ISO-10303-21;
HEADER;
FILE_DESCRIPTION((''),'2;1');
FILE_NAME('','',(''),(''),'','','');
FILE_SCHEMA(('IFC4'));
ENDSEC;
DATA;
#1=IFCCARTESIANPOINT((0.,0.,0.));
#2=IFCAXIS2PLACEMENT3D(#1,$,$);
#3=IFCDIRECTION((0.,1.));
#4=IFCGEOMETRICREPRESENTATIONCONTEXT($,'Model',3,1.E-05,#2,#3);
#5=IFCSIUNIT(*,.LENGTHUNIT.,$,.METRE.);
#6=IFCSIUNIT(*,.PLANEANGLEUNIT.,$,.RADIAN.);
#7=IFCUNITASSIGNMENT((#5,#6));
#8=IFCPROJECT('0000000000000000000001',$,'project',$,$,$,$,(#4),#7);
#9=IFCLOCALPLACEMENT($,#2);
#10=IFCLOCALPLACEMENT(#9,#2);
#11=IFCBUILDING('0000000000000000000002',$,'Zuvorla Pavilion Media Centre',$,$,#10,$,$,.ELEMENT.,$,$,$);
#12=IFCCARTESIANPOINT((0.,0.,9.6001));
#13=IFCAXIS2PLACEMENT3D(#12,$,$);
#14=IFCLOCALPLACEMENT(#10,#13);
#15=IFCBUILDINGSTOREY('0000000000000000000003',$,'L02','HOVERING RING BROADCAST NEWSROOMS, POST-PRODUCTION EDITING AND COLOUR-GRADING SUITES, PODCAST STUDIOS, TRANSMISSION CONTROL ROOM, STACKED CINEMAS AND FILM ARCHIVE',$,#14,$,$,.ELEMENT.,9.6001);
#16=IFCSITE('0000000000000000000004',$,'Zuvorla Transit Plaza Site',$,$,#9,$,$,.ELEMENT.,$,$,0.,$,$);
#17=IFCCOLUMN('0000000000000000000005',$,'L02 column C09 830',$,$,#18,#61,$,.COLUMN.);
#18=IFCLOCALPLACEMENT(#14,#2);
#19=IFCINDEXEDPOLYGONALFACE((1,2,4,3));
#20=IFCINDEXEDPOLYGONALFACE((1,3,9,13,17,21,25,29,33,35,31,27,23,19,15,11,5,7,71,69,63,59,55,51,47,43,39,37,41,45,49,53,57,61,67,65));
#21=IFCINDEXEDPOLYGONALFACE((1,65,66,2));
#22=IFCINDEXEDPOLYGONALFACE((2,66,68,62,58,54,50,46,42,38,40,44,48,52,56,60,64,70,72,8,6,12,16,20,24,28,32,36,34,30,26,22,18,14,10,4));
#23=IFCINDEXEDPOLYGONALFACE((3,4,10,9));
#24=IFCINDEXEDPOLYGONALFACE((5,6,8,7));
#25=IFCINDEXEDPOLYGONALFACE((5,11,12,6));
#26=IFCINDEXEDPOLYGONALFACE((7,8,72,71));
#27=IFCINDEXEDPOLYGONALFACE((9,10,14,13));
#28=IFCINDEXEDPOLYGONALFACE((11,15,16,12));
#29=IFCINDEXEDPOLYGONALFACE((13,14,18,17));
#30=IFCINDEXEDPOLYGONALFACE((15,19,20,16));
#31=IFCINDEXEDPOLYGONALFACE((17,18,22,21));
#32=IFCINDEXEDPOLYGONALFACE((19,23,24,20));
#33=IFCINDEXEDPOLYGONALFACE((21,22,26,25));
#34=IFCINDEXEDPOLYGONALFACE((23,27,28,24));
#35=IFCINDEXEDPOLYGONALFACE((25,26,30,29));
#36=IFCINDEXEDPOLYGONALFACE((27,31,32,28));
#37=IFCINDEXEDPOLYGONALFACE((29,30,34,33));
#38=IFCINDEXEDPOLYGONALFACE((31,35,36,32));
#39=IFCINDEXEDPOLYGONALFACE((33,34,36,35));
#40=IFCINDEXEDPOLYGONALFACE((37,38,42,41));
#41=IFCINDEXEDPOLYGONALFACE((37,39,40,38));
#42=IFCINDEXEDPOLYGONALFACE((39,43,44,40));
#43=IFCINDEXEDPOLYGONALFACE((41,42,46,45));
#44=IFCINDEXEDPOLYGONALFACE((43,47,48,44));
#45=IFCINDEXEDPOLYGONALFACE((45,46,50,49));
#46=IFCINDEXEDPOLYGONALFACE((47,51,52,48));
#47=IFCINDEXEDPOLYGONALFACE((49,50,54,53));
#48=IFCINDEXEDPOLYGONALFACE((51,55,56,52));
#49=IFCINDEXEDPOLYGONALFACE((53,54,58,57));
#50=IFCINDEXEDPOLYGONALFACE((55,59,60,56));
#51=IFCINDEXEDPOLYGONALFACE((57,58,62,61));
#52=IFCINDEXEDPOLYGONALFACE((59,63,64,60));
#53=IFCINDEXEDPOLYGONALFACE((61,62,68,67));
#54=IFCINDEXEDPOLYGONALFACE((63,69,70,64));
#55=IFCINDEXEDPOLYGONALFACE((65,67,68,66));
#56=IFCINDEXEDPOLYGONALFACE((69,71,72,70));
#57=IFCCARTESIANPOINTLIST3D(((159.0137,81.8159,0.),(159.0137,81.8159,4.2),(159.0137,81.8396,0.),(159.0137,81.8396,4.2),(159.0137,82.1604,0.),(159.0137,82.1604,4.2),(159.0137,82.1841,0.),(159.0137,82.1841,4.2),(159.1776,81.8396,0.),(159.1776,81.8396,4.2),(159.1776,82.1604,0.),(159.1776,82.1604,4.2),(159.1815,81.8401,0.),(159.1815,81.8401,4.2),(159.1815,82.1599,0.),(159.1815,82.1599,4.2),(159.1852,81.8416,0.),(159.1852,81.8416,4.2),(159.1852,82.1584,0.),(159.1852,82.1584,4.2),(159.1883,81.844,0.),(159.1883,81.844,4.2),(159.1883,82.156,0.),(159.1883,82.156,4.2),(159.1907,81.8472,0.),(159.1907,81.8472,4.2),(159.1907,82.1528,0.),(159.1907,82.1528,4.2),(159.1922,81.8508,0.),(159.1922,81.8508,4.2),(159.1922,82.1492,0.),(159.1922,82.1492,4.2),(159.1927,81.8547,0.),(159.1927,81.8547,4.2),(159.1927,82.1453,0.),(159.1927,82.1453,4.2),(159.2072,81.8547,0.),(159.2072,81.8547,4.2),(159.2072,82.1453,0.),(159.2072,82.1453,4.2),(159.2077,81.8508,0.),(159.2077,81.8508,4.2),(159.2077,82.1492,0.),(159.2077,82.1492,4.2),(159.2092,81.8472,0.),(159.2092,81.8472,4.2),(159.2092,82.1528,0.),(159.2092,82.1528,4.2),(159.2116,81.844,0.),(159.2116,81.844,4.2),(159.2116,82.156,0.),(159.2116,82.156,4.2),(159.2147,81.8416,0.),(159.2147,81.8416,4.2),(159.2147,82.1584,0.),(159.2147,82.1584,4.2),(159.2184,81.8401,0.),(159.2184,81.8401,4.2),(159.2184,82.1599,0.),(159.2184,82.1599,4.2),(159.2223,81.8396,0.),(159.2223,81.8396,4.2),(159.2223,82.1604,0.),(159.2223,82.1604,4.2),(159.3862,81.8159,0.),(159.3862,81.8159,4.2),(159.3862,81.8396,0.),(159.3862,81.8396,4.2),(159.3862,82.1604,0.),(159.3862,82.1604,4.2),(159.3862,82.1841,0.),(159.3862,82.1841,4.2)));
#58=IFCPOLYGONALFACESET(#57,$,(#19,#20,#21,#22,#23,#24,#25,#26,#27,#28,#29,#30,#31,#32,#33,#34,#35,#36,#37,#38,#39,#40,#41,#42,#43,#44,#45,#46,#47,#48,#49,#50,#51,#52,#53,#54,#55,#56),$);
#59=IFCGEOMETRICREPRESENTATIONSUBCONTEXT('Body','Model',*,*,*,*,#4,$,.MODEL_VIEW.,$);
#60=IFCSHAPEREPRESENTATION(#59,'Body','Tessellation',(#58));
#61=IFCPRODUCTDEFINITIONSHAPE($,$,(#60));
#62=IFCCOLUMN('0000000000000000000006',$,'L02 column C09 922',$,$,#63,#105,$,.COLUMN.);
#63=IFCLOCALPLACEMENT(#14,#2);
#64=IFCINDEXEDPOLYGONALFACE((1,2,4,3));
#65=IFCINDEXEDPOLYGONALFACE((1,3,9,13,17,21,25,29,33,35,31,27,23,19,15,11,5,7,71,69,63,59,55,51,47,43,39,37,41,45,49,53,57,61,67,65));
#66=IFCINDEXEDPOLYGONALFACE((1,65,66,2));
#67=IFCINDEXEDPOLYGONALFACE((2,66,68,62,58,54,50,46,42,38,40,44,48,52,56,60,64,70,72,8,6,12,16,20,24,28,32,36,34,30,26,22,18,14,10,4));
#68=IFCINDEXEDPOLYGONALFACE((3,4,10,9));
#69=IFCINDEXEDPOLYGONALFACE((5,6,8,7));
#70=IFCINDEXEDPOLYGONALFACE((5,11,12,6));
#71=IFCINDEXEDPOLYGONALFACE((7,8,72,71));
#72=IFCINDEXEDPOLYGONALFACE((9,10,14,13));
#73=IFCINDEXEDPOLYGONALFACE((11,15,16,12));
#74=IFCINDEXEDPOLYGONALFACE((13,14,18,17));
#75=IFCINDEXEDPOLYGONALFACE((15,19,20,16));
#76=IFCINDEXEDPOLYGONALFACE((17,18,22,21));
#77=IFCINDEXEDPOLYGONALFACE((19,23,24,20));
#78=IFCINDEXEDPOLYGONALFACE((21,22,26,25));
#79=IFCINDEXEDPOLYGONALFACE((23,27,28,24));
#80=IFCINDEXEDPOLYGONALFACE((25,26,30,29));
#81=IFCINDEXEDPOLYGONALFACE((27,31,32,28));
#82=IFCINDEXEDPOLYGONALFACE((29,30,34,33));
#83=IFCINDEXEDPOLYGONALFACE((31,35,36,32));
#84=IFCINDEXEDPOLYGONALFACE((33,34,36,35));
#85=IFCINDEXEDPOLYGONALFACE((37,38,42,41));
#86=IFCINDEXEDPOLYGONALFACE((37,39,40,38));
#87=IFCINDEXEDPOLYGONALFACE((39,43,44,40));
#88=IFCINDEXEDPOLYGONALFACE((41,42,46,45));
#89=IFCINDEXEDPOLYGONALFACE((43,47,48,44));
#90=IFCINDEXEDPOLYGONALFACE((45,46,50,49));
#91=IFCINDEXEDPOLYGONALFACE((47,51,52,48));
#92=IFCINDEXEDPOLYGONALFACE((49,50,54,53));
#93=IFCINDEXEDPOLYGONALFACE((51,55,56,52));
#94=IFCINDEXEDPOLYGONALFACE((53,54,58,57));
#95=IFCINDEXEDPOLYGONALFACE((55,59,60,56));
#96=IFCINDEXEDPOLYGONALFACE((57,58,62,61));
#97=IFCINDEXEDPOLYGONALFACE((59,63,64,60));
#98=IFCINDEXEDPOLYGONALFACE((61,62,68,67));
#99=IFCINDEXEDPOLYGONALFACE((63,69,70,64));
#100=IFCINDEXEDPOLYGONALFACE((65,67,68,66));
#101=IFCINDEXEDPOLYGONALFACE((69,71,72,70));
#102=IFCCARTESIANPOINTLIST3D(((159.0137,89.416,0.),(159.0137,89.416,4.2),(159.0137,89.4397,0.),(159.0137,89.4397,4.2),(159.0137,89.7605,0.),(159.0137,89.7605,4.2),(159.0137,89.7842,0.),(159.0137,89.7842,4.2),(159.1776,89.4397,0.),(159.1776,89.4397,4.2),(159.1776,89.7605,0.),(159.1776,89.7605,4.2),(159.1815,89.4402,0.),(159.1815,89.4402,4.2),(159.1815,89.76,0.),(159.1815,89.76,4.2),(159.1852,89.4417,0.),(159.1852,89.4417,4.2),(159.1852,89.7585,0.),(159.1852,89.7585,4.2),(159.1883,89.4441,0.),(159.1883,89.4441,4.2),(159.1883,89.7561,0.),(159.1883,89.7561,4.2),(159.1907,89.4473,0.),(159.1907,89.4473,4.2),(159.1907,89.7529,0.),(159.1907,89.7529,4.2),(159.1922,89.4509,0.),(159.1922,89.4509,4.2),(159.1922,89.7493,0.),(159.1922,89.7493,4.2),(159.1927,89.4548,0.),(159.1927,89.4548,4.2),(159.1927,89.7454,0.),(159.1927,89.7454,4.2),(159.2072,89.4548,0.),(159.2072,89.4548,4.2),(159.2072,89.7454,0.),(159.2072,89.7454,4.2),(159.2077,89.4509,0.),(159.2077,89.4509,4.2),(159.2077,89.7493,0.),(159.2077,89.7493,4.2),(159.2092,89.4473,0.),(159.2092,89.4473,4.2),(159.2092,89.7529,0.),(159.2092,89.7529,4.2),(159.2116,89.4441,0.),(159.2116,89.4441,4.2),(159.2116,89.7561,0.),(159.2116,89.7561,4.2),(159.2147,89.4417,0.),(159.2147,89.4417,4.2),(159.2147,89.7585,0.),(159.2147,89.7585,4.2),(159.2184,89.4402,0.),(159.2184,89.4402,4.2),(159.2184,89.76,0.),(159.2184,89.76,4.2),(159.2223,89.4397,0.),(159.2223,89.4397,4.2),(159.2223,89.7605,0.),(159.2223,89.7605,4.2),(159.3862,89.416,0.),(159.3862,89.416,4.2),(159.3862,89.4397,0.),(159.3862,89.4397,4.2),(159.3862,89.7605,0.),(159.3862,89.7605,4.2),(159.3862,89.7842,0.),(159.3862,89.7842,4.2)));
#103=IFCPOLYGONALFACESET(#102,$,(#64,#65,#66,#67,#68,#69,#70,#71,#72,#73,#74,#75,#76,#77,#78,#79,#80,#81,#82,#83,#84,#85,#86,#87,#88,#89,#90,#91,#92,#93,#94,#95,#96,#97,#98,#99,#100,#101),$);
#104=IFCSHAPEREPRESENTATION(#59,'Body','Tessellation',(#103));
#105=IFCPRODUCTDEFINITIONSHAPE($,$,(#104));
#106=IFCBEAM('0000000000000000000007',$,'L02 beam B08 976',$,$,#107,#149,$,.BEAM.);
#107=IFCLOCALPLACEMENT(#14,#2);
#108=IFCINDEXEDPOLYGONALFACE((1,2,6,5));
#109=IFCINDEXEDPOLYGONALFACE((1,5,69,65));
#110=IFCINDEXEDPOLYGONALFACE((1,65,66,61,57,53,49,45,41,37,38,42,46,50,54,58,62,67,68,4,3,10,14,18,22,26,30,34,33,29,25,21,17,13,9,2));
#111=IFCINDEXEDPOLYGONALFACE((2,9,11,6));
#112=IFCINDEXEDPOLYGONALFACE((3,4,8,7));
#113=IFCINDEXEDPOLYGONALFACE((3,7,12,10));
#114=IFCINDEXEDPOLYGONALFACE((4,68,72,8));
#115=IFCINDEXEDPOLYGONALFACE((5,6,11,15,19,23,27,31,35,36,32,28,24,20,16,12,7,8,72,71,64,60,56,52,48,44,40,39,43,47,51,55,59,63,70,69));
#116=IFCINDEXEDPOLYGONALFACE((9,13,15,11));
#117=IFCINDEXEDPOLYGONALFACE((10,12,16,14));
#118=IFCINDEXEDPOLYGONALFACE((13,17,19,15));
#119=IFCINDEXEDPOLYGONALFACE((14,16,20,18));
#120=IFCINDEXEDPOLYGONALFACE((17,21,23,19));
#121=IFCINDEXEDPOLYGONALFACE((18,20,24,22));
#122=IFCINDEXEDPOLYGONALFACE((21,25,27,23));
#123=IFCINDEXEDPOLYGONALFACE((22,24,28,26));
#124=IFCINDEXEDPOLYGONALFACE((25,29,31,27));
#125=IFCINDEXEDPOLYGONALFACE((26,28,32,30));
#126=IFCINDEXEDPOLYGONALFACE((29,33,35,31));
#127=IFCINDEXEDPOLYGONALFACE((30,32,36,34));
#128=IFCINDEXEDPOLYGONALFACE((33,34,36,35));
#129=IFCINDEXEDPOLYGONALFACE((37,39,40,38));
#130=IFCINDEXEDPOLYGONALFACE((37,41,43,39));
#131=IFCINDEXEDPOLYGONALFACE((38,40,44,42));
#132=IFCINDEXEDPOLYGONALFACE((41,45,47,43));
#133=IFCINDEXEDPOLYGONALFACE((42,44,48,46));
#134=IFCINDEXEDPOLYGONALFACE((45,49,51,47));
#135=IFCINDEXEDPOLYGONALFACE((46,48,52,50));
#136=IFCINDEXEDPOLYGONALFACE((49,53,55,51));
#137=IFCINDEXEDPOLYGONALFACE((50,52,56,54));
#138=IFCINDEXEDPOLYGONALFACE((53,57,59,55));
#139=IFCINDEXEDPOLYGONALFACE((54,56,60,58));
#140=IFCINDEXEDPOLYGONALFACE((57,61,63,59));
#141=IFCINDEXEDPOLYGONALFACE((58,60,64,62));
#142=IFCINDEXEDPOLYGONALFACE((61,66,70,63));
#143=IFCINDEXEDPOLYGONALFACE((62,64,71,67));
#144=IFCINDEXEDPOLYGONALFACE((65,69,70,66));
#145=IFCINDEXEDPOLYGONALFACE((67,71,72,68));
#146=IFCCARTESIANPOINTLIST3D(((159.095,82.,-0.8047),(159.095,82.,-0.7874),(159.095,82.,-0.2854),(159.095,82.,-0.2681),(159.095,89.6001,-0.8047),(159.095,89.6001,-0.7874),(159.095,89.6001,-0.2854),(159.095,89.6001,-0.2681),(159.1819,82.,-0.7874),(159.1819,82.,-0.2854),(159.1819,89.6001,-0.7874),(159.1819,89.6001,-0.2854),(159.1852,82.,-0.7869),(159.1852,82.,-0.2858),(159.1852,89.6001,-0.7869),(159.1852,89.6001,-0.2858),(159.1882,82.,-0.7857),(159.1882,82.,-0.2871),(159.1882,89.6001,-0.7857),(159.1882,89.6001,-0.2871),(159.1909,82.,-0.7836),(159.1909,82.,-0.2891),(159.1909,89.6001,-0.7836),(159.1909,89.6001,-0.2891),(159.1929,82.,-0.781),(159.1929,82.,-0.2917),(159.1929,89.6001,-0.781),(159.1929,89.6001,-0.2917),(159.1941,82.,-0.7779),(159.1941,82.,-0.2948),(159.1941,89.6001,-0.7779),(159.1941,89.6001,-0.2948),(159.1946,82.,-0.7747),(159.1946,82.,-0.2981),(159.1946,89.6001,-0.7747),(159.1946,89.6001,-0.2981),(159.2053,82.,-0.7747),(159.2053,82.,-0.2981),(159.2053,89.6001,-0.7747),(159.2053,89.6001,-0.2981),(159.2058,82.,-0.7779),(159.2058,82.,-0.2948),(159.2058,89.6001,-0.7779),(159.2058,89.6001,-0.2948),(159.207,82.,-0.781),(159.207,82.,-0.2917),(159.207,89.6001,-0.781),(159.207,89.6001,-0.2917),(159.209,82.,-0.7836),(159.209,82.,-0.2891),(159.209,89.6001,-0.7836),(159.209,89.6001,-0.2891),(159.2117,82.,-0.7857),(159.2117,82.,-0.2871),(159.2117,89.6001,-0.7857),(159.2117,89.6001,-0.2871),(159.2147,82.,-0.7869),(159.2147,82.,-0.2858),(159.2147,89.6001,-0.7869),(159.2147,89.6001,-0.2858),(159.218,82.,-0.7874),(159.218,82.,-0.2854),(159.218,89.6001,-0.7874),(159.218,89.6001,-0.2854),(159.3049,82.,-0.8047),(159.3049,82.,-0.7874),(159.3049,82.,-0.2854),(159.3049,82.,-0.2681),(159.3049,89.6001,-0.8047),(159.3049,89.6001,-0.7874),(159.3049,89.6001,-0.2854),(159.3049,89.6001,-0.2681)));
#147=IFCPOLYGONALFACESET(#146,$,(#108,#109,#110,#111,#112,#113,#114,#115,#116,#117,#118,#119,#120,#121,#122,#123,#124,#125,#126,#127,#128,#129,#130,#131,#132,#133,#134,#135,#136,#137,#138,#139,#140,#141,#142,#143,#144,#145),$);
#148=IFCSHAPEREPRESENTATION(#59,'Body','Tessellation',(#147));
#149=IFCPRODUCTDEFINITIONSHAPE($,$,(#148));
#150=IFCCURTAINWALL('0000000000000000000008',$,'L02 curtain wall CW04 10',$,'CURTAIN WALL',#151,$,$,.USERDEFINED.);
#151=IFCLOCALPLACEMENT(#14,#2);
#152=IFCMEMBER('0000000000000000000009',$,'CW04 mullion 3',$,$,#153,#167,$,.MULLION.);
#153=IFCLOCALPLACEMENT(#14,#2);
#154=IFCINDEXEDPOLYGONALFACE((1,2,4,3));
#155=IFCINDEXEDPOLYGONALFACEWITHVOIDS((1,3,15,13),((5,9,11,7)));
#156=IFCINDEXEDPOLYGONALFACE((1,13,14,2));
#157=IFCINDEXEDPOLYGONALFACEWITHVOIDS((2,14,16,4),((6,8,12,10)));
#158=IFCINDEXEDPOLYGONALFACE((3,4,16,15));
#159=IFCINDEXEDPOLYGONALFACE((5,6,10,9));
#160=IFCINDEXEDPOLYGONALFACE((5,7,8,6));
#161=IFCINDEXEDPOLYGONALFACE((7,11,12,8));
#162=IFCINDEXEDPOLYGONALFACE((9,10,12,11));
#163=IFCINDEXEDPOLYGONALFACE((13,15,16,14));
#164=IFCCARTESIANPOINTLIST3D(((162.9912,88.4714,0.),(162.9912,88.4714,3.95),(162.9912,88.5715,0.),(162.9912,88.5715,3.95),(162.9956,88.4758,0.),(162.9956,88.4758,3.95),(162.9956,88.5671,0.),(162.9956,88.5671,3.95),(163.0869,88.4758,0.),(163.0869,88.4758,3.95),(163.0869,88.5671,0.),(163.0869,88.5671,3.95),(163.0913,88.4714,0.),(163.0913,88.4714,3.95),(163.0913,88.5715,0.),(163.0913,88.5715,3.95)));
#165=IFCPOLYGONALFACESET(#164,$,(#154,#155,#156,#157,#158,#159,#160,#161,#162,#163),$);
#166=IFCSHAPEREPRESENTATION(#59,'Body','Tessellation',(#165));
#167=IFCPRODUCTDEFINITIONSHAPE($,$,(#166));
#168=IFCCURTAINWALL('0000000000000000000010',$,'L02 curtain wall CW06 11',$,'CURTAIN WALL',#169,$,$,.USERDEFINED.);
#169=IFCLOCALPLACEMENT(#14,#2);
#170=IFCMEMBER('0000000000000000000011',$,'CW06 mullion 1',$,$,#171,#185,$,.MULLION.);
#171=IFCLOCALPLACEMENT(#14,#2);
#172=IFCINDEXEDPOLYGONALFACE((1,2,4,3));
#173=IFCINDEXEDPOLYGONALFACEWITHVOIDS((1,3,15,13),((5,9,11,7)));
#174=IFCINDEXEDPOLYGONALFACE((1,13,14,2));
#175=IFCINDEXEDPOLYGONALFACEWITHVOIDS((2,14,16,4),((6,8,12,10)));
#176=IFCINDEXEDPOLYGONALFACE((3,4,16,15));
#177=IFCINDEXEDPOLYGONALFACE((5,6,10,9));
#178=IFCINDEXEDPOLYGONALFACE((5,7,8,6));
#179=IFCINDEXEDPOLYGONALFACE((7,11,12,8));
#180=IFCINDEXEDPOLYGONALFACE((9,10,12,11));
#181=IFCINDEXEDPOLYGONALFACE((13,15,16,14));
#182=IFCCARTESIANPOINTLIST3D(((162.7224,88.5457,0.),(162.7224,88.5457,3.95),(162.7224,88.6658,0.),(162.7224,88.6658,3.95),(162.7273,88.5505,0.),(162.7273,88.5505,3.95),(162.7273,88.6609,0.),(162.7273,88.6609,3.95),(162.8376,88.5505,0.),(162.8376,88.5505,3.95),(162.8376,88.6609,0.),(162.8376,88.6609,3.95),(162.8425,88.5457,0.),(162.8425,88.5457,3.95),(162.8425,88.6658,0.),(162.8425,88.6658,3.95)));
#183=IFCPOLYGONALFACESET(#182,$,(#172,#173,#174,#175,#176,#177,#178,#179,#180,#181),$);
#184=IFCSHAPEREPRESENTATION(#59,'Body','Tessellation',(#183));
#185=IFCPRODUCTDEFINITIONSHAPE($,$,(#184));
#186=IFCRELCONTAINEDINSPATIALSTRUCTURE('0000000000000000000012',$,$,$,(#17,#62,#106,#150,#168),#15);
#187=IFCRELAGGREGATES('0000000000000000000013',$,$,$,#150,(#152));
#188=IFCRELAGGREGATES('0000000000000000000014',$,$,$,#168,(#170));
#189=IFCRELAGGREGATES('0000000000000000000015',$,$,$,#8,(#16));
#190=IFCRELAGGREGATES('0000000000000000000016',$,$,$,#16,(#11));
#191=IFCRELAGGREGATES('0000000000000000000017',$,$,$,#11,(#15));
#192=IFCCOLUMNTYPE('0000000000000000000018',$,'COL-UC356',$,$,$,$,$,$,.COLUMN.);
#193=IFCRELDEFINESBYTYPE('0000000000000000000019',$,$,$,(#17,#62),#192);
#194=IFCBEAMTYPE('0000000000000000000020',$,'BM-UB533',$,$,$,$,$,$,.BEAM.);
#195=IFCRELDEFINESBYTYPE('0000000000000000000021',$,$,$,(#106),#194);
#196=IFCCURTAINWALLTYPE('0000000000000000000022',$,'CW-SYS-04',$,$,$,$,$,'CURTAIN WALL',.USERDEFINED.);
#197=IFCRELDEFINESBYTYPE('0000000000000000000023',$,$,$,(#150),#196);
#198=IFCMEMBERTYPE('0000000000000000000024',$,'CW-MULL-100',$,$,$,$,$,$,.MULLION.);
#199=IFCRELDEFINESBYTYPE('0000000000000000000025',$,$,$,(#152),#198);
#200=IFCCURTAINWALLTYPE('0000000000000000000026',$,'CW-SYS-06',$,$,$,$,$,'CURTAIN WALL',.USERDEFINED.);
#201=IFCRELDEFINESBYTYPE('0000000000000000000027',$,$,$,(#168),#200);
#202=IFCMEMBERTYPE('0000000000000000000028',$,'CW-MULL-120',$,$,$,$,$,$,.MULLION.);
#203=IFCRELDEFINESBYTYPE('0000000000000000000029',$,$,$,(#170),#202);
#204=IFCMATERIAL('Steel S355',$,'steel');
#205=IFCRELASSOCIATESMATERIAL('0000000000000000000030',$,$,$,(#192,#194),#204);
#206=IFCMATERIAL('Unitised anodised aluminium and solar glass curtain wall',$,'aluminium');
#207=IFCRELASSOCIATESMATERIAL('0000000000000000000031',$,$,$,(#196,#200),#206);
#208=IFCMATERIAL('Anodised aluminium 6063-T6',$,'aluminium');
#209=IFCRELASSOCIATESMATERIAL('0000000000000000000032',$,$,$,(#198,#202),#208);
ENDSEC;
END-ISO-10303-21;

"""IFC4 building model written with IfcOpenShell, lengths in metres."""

from ifc_helpers import new_model, si_unit, direction, frame, origin, origin_2d, place, context, subcontext, project, spatial, hollow_rectangle, i_section, extrude, material, material_profile, profile_set, type_object, element, aggregate, save


model = new_model("IFC4")

# Units and contexts
model_context = context("Model", 3, precision=1e-05, world=origin(), true_north=direction((0.0, 1.0)))
body_context = subcontext(model_context, "Body", "Model", "MODEL_VIEW")
ifc_project = project(units=[si_unit("LENGTHUNIT", "METRE"), si_unit("PLANEANGLEUNIT", "RADIAN")], contexts=[model_context])

# Site, building, storey
site_placement = place(None, origin())
site = spatial("IfcSite", under=ifc_project, at=site_placement, Name="Zuvorla Transit Plaza Site", CompositionType="ELEMENT", RefElevation=0.0)
building_placement = place(site_placement, origin())
building = spatial("IfcBuilding", under=site, at=building_placement, Name="Zuvorla Pavilion Media Centre", CompositionType="ELEMENT")
storey_placement = place(building_placement, frame((0.0, 0.0, 9.6001)))
storey = spatial("IfcBuildingStorey", under=building, at=storey_placement, Name="L02", Description="HOVERING RING BROADCAST NEWSROOMS, POST-PRODUCTION EDITING AND COLOUR-GRADING SUITES, PODCAST STUDIOS, TRANSMISSION CONTROL ROOM, STACKED CINEMAS AND FILM ARCHIVE", CompositionType="ELEMENT", Elevation=9.6001)

# Columns
ifc_material_1 = material(Name="Steel S355", Category="steel")
ifc_material_profile_1 = material_profile(ifc_material_1, i_section(OverallWidth=0.3726, OverallDepth=0.3682, WebThickness=0.0144, FlangeThickness=0.0237, FilletRadius=0.0151, at=origin_2d()), Name="UC 356x368x177")
ifc_profile_set_1 = profile_set([ifc_material_profile_1], Name="Steel S355")
column_type = type_object("IfcColumnType", Name="COL-UC356", PredefinedType="COLUMN", material=ifc_profile_set_1)
for number, where, z_axis, x_axis, name in (
    (1, (159.2, 82.0, 0.0), (0.0, 0.0, 1.0), (1.0, 0.0, 0.0), "L02 column C09 830"),
    (2, (159.2, 89.6001, 0.0), (0.0, 0.0, 1.0), (1.0, 0.0, 0.0), "L02 column C09 922"),
):
    element("IfcColumn", number, at=place(storey_placement, frame(where, z_axis=z_axis, x_axis=x_axis)), inside=storey, type_object=column_type, Name=name, PredefinedType="COLUMN", context=body_context, shape_type="SweptSolid", body=[
        extrude(i_section(OverallWidth=0.3726, OverallDepth=0.3682, WebThickness=0.0144, FlangeThickness=0.0237, FilletRadius=0.0151, at=origin_2d()), origin(), (0.0, 0.0, 1.0), 4.2),
    ])

# Beam
ifc_material_profile_2 = material_profile(ifc_material_1, i_section(OverallWidth=0.21, OverallDepth=0.5366, WebThickness=0.0107, FlangeThickness=0.0173, FilletRadius=0.0127, at=origin_2d()), Name="UB 533x210x101")
ifc_profile_set_2 = profile_set([ifc_material_profile_2], Name="Steel S355")
beam_type = type_object("IfcBeamType", Name="BM-UB533", PredefinedType="BEAM", material=ifc_profile_set_2)
beam_placement = place(storey_placement, frame((159.2, 82.0, -0.5364), z_axis=(0.0, 1.0, 0.0), x_axis=(-1.0, 0.0, 0.0)))
element("IfcBeam", 3, at=beam_placement, inside=storey, type_object=beam_type, Name="L02 beam B08 976", PredefinedType="BEAM", context=body_context, shape_type="SweptSolid", body=[
    extrude(i_section(OverallWidth=0.21, OverallDepth=0.5366, WebThickness=0.0107, FlangeThickness=0.0173, FilletRadius=0.0127, at=origin_2d()), origin(), (0.0, 0.0, 1.0), 7.6001),
])

# Curtain wall, member
ifc_material_2 = material(Name="Unitised anodised aluminium and solar glass curtain wall", Category="aluminium")
curtain_wall_type_1 = type_object("IfcCurtainWallType", Name="CW-SYS-04", ElementType="CURTAIN WALL", PredefinedType="USERDEFINED", material=ifc_material_2)
curtain_wall_1_placement = place(storey_placement, origin())
curtain_wall_1 = element("IfcCurtainWall", 4, at=curtain_wall_1_placement, inside=storey, type_object=curtain_wall_type_1, Name="L02 curtain wall CW04 10", ObjectType="CURTAIN WALL", PredefinedType="USERDEFINED")
ifc_material_3 = material(Name="Anodised aluminium 6063-T6", Category="aluminium")
ifc_material_profile_3 = material_profile(ifc_material_3, hollow_rectangle(XDim=0.1001, YDim=0.1001, WallThickness=0.0044, at=origin_2d()), Name="ALU MULL 100x100")
ifc_profile_set_3 = profile_set([ifc_material_profile_3], Name="Anodised aluminium 6063-T6")
member_type_1 = type_object("IfcMemberType", Name="CW-MULL-100", PredefinedType="MULLION", material=ifc_profile_set_3)
member_1_placement = place(storey_placement, frame((163.0413, 88.5215, 0.0), z_axis=(0.0, 0.0, 1.0), x_axis=(1.0, 0.0, 0.0)))
member_1 = element("IfcMember", 5, at=member_1_placement, type_object=member_type_1, Name="CW04 mullion 3", PredefinedType="MULLION", context=body_context, shape_type="SweptSolid", body=[
    extrude(hollow_rectangle(XDim=0.1001, YDim=0.1001, WallThickness=0.0044, at=origin_2d()), origin(), (0.0, 0.0, 1.0), 3.95),
])

# Curtain wall, member
curtain_wall_type_2 = type_object("IfcCurtainWallType", Name="CW-SYS-06", ElementType="CURTAIN WALL", PredefinedType="USERDEFINED", material=ifc_material_2)
curtain_wall_2_placement = place(storey_placement, origin())
curtain_wall_2 = element("IfcCurtainWall", 6, at=curtain_wall_2_placement, inside=storey, type_object=curtain_wall_type_2, Name="L02 curtain wall CW06 11", ObjectType="CURTAIN WALL", PredefinedType="USERDEFINED")
ifc_material_profile_4 = material_profile(ifc_material_3, hollow_rectangle(XDim=0.1201, YDim=0.1201, WallThickness=0.0049, at=origin_2d()), Name="ALU MULL 120x120")
ifc_profile_set_4 = profile_set([ifc_material_profile_4], Name="Anodised aluminium 6063-T6")
member_type_2 = type_object("IfcMemberType", Name="CW-MULL-120", PredefinedType="MULLION", material=ifc_profile_set_4)
member_2_placement = place(storey_placement, frame((162.7825, 88.6057, 0.0), z_axis=(0.0, 0.0, 1.0), x_axis=(1.0, 0.0, 0.0)))
member_2 = element("IfcMember", 7, at=member_2_placement, type_object=member_type_2, Name="CW06 mullion 1", PredefinedType="MULLION", context=body_context, shape_type="SweptSolid", body=[
    extrude(hollow_rectangle(XDim=0.1201, YDim=0.1201, WallThickness=0.0049, at=origin_2d()), origin(), (0.0, 0.0, 1.0), 3.95),
])

aggregate(curtain_wall_1, [member_1])
aggregate(curtain_wall_2, [member_2])

save(model, "model.ifc")
